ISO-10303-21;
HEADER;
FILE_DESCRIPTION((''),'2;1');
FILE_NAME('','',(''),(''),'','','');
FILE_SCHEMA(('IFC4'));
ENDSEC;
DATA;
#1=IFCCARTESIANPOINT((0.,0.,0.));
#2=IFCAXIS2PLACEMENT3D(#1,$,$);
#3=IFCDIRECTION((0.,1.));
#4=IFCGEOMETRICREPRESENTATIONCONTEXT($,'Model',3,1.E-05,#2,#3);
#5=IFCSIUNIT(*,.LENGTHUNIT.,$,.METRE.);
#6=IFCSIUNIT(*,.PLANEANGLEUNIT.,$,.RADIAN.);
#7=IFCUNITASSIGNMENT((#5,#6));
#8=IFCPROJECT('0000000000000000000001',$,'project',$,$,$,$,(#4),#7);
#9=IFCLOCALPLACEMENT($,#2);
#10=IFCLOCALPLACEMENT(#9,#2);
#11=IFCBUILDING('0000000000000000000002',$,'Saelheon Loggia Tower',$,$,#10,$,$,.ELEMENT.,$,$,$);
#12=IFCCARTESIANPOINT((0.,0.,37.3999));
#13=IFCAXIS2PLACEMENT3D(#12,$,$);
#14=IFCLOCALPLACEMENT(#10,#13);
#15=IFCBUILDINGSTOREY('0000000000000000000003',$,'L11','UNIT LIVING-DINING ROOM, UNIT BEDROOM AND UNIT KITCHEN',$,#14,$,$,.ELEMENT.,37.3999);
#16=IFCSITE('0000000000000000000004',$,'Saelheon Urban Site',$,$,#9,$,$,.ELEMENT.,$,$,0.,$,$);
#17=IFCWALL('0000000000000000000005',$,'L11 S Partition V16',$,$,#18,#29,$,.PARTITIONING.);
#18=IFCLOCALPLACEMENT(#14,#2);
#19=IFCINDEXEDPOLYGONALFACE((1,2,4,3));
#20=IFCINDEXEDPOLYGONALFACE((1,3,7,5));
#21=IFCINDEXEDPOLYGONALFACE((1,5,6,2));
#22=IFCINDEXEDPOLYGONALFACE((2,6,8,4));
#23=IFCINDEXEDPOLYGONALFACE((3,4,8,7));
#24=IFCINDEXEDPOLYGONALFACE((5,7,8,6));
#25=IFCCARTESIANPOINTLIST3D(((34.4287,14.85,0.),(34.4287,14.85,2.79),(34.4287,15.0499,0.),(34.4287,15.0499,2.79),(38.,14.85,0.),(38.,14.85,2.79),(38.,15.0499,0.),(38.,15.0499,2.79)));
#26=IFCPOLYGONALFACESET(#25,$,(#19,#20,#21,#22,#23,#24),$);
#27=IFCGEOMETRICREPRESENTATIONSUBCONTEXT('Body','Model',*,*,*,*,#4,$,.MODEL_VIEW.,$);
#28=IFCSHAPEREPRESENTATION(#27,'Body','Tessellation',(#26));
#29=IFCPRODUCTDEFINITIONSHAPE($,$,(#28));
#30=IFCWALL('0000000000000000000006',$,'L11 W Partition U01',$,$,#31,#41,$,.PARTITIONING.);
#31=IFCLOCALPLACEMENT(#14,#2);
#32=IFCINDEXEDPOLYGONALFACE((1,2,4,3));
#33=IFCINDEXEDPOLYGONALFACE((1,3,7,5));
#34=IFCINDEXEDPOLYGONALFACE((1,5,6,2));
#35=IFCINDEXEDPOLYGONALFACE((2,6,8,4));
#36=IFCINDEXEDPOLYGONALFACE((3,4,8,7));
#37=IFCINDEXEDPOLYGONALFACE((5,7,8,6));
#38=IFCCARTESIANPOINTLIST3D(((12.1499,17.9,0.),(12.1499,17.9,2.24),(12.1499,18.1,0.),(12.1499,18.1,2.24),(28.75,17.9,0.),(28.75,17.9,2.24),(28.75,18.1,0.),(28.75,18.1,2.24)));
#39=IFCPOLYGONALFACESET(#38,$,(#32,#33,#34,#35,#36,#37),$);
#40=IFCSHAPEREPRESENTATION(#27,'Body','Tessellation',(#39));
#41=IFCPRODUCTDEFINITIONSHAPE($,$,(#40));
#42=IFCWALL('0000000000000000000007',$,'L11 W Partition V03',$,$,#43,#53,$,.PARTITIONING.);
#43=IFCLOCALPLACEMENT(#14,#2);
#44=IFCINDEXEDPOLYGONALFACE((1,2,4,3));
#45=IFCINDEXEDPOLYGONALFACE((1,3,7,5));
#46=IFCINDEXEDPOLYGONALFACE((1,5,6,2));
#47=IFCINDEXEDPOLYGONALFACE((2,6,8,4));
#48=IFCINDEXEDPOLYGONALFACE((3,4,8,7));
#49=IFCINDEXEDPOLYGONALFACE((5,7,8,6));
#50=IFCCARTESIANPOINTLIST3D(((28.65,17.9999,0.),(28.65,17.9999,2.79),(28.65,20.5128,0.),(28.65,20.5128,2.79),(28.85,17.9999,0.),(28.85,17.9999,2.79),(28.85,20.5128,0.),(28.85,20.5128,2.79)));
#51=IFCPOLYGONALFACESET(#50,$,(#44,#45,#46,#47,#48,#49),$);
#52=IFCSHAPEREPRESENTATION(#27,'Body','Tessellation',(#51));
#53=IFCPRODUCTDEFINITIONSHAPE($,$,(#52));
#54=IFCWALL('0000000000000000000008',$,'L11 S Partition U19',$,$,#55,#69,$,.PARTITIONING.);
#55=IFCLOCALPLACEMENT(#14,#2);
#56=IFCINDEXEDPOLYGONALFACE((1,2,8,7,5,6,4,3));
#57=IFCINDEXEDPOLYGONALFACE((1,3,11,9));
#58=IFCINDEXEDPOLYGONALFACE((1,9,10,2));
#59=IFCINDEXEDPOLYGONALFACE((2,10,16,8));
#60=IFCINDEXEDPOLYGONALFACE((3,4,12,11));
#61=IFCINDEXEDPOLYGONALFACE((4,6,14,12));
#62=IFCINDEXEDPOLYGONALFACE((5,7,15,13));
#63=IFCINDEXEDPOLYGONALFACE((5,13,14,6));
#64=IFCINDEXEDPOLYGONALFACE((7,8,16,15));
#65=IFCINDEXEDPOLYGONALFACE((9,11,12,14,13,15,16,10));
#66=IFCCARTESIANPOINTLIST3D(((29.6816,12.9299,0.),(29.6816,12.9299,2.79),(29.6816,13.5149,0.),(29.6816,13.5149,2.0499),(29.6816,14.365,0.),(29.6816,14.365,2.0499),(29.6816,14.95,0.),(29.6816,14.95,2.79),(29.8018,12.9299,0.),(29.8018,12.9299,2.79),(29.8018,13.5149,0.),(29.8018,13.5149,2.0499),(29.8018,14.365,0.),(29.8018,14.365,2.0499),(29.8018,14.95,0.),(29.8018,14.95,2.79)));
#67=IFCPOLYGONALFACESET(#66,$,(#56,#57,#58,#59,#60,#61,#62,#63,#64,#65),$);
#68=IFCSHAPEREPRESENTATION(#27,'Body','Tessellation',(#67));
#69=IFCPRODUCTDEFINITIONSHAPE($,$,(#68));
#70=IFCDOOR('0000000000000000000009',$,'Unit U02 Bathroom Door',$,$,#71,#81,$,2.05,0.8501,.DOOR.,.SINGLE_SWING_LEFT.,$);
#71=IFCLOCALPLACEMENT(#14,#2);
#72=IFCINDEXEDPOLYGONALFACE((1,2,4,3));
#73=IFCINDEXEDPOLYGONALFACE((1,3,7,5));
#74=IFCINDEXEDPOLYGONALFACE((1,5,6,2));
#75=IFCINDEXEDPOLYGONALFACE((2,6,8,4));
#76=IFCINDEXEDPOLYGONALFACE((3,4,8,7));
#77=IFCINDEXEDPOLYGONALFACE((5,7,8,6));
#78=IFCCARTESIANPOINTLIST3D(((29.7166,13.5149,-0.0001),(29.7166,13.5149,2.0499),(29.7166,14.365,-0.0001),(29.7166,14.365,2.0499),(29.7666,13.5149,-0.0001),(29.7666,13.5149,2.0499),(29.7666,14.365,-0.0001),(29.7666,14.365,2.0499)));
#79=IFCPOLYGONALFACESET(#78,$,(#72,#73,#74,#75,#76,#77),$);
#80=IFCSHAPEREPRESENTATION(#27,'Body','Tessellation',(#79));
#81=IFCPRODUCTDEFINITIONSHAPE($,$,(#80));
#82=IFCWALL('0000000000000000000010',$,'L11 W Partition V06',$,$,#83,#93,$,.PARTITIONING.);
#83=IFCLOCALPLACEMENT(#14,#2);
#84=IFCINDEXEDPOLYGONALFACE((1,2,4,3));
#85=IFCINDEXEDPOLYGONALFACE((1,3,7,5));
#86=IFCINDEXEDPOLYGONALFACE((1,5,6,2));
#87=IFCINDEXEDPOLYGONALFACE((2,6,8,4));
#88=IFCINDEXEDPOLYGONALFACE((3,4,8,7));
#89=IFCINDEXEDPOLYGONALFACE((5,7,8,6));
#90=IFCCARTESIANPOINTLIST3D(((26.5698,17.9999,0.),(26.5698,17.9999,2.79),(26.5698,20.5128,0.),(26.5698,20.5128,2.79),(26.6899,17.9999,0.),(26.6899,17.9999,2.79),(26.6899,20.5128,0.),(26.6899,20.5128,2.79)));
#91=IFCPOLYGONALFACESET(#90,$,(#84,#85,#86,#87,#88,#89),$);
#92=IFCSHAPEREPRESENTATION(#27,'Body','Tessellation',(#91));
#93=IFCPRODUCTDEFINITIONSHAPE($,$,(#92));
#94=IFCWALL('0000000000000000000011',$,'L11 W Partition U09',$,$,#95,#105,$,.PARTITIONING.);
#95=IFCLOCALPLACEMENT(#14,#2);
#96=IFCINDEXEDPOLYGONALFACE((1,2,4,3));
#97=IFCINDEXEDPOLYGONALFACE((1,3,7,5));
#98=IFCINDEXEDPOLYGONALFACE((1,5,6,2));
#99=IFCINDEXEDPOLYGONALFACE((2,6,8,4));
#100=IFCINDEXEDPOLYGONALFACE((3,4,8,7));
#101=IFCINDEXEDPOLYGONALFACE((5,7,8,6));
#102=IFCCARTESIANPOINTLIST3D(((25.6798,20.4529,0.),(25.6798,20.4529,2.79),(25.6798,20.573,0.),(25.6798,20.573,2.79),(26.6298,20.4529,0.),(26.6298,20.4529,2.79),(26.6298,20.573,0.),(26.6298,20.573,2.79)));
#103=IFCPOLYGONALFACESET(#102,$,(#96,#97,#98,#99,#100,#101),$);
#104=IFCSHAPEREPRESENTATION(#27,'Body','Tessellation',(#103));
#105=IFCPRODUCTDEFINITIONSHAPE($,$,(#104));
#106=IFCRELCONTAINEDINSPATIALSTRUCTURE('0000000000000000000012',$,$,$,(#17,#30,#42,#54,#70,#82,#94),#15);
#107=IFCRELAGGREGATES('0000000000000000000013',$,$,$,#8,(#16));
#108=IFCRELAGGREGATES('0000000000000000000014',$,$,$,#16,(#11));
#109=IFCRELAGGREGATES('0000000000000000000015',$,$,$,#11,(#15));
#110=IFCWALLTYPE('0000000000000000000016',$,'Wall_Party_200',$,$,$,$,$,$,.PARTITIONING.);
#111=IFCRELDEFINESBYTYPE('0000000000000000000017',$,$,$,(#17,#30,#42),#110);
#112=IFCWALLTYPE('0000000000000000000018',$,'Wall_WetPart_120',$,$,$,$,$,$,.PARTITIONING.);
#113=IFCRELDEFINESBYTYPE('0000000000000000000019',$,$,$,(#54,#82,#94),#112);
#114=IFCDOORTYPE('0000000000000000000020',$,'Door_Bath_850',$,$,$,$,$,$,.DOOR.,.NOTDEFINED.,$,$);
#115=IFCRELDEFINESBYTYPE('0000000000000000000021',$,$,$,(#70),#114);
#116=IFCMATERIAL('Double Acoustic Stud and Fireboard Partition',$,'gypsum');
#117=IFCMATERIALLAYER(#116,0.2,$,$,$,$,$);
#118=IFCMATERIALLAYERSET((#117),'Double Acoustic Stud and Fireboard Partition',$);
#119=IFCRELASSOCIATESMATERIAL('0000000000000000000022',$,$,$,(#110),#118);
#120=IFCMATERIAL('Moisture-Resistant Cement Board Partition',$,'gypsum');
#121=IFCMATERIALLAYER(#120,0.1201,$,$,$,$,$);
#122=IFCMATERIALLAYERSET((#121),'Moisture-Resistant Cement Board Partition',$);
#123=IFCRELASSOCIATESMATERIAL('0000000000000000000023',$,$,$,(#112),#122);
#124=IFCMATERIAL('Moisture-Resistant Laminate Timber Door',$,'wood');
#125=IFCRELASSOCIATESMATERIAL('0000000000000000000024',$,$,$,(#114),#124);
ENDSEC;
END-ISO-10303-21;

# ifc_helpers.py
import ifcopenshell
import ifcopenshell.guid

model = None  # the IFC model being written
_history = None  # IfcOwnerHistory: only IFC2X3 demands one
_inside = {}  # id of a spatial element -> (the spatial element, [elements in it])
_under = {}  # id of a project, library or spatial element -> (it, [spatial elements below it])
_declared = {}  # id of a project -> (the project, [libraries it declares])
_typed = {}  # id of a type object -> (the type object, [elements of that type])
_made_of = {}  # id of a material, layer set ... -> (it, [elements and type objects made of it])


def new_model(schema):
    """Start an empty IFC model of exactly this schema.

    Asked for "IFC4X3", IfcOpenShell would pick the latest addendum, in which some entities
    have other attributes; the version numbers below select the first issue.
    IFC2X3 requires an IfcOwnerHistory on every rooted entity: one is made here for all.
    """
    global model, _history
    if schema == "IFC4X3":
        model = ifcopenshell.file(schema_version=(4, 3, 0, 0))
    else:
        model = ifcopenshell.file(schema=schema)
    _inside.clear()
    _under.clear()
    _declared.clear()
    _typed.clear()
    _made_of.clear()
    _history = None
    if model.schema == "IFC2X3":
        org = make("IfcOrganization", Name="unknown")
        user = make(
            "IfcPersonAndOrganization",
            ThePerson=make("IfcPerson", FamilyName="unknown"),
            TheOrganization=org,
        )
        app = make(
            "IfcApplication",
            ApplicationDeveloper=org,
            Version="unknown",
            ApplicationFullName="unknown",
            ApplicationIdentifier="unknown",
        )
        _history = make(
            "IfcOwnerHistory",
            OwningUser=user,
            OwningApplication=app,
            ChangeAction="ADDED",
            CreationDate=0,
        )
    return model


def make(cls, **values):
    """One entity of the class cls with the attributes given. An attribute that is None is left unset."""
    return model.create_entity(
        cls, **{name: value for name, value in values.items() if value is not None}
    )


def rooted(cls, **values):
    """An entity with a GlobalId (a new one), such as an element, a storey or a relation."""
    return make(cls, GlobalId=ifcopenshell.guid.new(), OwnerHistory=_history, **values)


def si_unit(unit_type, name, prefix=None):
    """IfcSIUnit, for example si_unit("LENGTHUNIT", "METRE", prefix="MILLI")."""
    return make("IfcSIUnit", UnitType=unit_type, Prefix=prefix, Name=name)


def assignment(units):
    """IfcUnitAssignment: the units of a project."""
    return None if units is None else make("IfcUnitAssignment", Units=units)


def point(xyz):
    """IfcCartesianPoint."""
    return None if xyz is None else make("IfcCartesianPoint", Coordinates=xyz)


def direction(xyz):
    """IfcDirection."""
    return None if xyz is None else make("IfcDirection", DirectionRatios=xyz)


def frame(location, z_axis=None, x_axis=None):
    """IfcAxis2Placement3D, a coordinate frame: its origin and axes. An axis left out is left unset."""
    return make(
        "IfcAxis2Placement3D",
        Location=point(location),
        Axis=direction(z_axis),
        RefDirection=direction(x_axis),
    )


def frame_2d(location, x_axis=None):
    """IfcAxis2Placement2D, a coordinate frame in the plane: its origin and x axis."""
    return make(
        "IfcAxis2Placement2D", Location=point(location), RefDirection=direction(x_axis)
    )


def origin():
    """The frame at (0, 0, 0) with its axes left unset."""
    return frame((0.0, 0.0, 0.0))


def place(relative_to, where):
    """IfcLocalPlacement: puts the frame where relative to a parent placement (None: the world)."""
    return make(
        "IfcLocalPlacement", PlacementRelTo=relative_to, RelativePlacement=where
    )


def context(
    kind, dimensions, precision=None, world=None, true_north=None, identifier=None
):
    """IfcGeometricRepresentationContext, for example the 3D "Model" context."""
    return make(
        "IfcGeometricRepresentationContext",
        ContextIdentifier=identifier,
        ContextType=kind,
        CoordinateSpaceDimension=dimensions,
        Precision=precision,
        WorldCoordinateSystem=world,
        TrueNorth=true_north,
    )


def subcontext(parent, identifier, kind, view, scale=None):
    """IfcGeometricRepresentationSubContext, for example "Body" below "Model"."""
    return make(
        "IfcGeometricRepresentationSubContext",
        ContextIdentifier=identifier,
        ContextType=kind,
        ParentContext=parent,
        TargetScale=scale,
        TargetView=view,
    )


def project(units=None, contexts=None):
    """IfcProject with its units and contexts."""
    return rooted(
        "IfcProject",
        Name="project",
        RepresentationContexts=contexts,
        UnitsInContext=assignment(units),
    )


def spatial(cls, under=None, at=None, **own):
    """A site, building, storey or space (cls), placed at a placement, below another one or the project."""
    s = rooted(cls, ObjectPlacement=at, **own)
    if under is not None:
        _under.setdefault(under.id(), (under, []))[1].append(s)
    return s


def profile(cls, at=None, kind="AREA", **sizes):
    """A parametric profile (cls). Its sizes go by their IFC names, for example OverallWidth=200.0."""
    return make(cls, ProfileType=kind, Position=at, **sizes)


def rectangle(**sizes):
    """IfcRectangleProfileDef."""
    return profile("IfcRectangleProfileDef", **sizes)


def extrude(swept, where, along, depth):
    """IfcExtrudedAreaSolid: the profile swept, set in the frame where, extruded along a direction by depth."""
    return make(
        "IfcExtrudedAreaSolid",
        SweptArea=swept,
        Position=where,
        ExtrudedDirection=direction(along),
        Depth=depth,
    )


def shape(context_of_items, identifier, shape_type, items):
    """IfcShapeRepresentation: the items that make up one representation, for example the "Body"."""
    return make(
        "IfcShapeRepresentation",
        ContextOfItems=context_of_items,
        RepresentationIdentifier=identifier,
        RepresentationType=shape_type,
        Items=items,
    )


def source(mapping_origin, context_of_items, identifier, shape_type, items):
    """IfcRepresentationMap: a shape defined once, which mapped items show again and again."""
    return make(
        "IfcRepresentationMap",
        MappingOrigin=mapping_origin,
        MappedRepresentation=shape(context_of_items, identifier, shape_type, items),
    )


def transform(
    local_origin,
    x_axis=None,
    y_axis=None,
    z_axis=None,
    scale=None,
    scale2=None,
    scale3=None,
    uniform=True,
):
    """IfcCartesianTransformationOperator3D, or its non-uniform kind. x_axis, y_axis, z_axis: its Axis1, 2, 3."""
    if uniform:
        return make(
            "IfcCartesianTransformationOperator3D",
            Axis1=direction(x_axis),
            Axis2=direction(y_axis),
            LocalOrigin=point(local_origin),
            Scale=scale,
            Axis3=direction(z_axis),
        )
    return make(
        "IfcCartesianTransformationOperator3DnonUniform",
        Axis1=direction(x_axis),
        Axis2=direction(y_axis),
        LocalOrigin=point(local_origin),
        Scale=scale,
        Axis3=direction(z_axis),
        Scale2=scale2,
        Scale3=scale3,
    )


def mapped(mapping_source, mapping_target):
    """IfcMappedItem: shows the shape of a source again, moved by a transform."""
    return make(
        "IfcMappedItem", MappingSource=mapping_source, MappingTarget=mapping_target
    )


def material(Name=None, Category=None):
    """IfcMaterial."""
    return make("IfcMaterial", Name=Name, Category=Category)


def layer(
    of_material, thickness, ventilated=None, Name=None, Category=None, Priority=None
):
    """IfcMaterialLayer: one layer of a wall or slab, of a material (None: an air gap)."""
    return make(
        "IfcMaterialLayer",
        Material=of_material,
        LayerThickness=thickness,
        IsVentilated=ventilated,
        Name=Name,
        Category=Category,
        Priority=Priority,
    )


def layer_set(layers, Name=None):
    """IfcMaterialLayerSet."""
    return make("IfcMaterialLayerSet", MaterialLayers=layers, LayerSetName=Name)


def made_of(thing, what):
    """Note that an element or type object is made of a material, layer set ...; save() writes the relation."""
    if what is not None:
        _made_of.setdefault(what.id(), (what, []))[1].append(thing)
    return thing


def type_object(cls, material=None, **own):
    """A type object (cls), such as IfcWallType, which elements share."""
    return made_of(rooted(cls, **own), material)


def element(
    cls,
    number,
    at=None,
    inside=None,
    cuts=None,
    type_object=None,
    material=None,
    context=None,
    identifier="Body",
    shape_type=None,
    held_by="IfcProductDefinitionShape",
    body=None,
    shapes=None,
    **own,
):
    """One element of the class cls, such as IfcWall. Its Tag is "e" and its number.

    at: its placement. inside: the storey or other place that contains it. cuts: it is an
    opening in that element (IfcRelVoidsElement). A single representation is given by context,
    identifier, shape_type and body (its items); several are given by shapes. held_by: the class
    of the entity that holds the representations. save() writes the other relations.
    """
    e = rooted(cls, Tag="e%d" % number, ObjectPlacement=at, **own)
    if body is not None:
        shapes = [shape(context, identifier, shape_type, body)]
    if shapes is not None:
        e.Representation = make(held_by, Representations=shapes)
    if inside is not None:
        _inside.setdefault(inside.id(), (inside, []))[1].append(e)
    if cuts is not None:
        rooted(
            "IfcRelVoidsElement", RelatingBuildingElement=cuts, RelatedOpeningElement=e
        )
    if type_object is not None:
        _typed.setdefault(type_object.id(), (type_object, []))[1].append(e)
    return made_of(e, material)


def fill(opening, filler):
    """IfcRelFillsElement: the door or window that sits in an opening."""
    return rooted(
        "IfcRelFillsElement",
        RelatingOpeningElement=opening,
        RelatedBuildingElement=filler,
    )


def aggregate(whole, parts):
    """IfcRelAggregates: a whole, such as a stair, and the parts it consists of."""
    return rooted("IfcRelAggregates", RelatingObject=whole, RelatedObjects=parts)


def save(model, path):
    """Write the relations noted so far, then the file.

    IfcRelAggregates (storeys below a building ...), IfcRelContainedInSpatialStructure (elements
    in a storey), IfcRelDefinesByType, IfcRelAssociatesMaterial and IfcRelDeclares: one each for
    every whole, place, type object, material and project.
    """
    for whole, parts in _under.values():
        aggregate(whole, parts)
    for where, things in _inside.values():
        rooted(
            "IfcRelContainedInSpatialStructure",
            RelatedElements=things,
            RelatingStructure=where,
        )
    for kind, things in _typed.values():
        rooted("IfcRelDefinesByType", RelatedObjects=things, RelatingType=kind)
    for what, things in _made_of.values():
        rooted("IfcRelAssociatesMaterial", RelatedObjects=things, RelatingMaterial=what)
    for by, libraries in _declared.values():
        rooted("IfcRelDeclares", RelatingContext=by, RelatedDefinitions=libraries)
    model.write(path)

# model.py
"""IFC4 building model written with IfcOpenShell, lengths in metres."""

from ifc_helpers import new_model, si_unit, direction, frame, frame_2d, origin, place, context, subcontext, project, spatial, rectangle, extrude, source, transform, mapped, material, layer, layer_set, type_object, element, fill, save


model = new_model("IFC4")

# Units and contexts
model_context = context("Model", 3, precision=1e-05, world=origin(), true_north=direction((0.0, 1.0)))
body_context = subcontext(model_context, "Body", "Model", "MODEL_VIEW")
ifc_project = project(units=[si_unit("LENGTHUNIT", "METRE"), si_unit("PLANEANGLEUNIT", "RADIAN")], contexts=[model_context])

# Site, building, storey
site_placement = place(None, origin())
site = spatial("IfcSite", under=ifc_project, at=site_placement, Name="Saelheon Urban Site", CompositionType="ELEMENT", RefElevation=0.0)
building_placement = place(site_placement, origin())
building = spatial("IfcBuilding", under=site, at=building_placement, Name="Saelheon Loggia Tower", CompositionType="ELEMENT")
storey_placement = place(building_placement, frame((0.0, 0.0, 37.3999)))
storey = spatial("IfcBuildingStorey", under=building, at=storey_placement, Name="L11", Description="UNIT LIVING-DINING ROOM, UNIT BEDROOM AND UNIT KITCHEN", CompositionType="ELEMENT", Elevation=37.3999)

# Shared definitions
ifc_material_1 = material(Name="Double Acoustic Stud and Fireboard Partition", Category="gypsum")
ifc_layer_1 = layer(ifc_material_1, 0.2)
ifc_layer_set_1 = layer_set([ifc_layer_1], Name="Double Acoustic Stud and Fireboard Partition")
wall_type_1 = type_object("IfcWallType", Name="Wall_Party_200", PredefinedType="PARTITIONING", material=ifc_layer_set_1)

# Walls
wall_1_placement = place(storey_placement, frame((34.4287, 14.95, 0.0), z_axis=(0.0, 0.0, 1.0), x_axis=(1.0, 0.0, 0.0)))
element("IfcWall", 1, at=wall_1_placement, inside=storey, type_object=wall_type_1, Name="L11 S Partition V16", PredefinedType="PARTITIONING", context=body_context, shape_type="SweptSolid", body=[
    extrude(rectangle(XDim=3.5713, YDim=0.2, at=frame_2d((1.7856, 0.0))), origin(), (0.0, 0.0, 1.0), 2.79),
])
wall_2_placement = place(storey_placement, frame((28.75, 18.0, 0.0), z_axis=(0.0, 0.0, 1.0), x_axis=(-1.0, 0.0, 0.0)))
element("IfcWall", 2, at=wall_2_placement, inside=storey, type_object=wall_type_1, Name="L11 W Partition U01", PredefinedType="PARTITIONING", context=body_context, shape_type="SweptSolid", body=[
    extrude(rectangle(XDim=16.6001, YDim=0.2, at=frame_2d((8.3, 0.0))), origin(), (0.0, 0.0, 1.0), 2.24),
])
wall_3_placement = place(storey_placement, frame((28.75, 18.0, 0.0), z_axis=(0.0, 0.0, 1.0), x_axis=(0.0, 1.0, 0.0)))
element("IfcWall", 3, at=wall_3_placement, inside=storey, type_object=wall_type_1, Name="L11 W Partition V03", PredefinedType="PARTITIONING", context=body_context, shape_type="SweptSolid", body=[
    extrude(rectangle(XDim=2.5129, YDim=0.2, at=frame_2d((1.2563, 0.0))), origin(), (0.0, 0.0, 1.0), 2.79),
])

# Wall, opening, door
ifc_material_2 = material(Name="Moisture-Resistant Cement Board Partition", Category="gypsum")
ifc_layer_2 = layer(ifc_material_2, 0.1201)
ifc_layer_set_2 = layer_set([ifc_layer_2], Name="Moisture-Resistant Cement Board Partition")
wall_type_2 = type_object("IfcWallType", Name="Wall_WetPart_120", PredefinedType="PARTITIONING", material=ifc_layer_set_2)
wall_4_placement = place(storey_placement, frame((29.7417, 14.95, 0.0), z_axis=(0.0, 0.0, 1.0), x_axis=(0.0, -1.0, 0.0)))
wall_4 = element("IfcWall", 4, at=wall_4_placement, inside=storey, type_object=wall_type_2, Name="L11 S Partition U19", PredefinedType="PARTITIONING", context=body_context, shape_type="SweptSolid", body=[
    extrude(rectangle(XDim=2.02, YDim=0.1201, at=frame_2d((1.01, 0.0))), origin(), (0.0, 0.0, 1.0), 2.79),
])
opening_1_placement = place(wall_4_placement, frame((0.585, 0.0, 0.0)))
opening_1 = element("IfcOpeningElement", 5, at=opening_1_placement, cuts=wall_4, PredefinedType="OPENING", context=body_context, shape_type="SweptSolid", body=[
    extrude(rectangle(XDim=0.8501, YDim=2.05, at=frame_2d((0.425, 1.0249))), frame((0.0, 0.072, 0.0), z_axis=(0.0, -1.0, 0.0), x_axis=(1.0, 0.0, 0.0)), (0.0, 0.0, 1.0), 0.144),
])
ifc_material_3 = material(Name="Moisture-Resistant Laminate Timber Door", Category="wood")
door_type_1 = type_object("IfcDoorType", Name="Door_Bath_850", OperationType="NOTDEFINED", PredefinedType="DOOR", material=ifc_material_3)
shared_shape_1 = source(origin(), body_context, "Body", "SweptSolid", [
    extrude(rectangle(XDim=0.8501, YDim=2.05, at=frame_2d((0.425, 1.0249))), frame((0.0, 0.0249, 0.0), z_axis=(0.0, -1.0, 0.0), x_axis=(1.0, 0.0, 0.0)), (0.0, 0.0, 1.0), 0.05),
])
door_1_placement = place(opening_1_placement, origin())
door_1 = element("IfcDoor", 6, at=door_1_placement, inside=storey, type_object=door_type_1, Name="Unit U02 Bathroom Door", OperationType="SINGLE_SWING_LEFT", OverallHeight=2.05, OverallWidth=0.8501, PredefinedType="DOOR", context=body_context, shape_type="MappedRepresentation", body=[
    mapped(shared_shape_1, transform((0.0, 0.0, 0.0), scale=1.0)),
])
fill(opening_1, door_1)

# Walls
wall_5_placement = place(storey_placement, frame((26.6299, 18.0, 0.0), z_axis=(0.0, 0.0, 1.0), x_axis=(0.0, 1.0, 0.0)))
element("IfcWall", 7, at=wall_5_placement, inside=storey, type_object=wall_type_2, Name="L11 W Partition V06", PredefinedType="PARTITIONING", context=body_context, shape_type="SweptSolid", body=[
    extrude(rectangle(XDim=2.5129, YDim=0.1201, at=frame_2d((1.2563, 0.0))), origin(), (0.0, 0.0, 1.0), 2.79),
])
wall_6_placement = place(storey_placement, frame((26.6299, 20.5129, 0.0), z_axis=(0.0, 0.0, 1.0), x_axis=(-1.0, 0.0, 0.0)))
element("IfcWall", 8, at=wall_6_placement, inside=storey, type_object=wall_type_2, Name="L11 W Partition U09", PredefinedType="PARTITIONING", context=body_context, shape_type="SweptSolid", body=[
    extrude(rectangle(XDim=0.95, YDim=0.1201, at=frame_2d((0.4751, 0.0))), origin(), (0.0, 0.0, 1.0), 2.79),
])

save(model, "model.ifc")
